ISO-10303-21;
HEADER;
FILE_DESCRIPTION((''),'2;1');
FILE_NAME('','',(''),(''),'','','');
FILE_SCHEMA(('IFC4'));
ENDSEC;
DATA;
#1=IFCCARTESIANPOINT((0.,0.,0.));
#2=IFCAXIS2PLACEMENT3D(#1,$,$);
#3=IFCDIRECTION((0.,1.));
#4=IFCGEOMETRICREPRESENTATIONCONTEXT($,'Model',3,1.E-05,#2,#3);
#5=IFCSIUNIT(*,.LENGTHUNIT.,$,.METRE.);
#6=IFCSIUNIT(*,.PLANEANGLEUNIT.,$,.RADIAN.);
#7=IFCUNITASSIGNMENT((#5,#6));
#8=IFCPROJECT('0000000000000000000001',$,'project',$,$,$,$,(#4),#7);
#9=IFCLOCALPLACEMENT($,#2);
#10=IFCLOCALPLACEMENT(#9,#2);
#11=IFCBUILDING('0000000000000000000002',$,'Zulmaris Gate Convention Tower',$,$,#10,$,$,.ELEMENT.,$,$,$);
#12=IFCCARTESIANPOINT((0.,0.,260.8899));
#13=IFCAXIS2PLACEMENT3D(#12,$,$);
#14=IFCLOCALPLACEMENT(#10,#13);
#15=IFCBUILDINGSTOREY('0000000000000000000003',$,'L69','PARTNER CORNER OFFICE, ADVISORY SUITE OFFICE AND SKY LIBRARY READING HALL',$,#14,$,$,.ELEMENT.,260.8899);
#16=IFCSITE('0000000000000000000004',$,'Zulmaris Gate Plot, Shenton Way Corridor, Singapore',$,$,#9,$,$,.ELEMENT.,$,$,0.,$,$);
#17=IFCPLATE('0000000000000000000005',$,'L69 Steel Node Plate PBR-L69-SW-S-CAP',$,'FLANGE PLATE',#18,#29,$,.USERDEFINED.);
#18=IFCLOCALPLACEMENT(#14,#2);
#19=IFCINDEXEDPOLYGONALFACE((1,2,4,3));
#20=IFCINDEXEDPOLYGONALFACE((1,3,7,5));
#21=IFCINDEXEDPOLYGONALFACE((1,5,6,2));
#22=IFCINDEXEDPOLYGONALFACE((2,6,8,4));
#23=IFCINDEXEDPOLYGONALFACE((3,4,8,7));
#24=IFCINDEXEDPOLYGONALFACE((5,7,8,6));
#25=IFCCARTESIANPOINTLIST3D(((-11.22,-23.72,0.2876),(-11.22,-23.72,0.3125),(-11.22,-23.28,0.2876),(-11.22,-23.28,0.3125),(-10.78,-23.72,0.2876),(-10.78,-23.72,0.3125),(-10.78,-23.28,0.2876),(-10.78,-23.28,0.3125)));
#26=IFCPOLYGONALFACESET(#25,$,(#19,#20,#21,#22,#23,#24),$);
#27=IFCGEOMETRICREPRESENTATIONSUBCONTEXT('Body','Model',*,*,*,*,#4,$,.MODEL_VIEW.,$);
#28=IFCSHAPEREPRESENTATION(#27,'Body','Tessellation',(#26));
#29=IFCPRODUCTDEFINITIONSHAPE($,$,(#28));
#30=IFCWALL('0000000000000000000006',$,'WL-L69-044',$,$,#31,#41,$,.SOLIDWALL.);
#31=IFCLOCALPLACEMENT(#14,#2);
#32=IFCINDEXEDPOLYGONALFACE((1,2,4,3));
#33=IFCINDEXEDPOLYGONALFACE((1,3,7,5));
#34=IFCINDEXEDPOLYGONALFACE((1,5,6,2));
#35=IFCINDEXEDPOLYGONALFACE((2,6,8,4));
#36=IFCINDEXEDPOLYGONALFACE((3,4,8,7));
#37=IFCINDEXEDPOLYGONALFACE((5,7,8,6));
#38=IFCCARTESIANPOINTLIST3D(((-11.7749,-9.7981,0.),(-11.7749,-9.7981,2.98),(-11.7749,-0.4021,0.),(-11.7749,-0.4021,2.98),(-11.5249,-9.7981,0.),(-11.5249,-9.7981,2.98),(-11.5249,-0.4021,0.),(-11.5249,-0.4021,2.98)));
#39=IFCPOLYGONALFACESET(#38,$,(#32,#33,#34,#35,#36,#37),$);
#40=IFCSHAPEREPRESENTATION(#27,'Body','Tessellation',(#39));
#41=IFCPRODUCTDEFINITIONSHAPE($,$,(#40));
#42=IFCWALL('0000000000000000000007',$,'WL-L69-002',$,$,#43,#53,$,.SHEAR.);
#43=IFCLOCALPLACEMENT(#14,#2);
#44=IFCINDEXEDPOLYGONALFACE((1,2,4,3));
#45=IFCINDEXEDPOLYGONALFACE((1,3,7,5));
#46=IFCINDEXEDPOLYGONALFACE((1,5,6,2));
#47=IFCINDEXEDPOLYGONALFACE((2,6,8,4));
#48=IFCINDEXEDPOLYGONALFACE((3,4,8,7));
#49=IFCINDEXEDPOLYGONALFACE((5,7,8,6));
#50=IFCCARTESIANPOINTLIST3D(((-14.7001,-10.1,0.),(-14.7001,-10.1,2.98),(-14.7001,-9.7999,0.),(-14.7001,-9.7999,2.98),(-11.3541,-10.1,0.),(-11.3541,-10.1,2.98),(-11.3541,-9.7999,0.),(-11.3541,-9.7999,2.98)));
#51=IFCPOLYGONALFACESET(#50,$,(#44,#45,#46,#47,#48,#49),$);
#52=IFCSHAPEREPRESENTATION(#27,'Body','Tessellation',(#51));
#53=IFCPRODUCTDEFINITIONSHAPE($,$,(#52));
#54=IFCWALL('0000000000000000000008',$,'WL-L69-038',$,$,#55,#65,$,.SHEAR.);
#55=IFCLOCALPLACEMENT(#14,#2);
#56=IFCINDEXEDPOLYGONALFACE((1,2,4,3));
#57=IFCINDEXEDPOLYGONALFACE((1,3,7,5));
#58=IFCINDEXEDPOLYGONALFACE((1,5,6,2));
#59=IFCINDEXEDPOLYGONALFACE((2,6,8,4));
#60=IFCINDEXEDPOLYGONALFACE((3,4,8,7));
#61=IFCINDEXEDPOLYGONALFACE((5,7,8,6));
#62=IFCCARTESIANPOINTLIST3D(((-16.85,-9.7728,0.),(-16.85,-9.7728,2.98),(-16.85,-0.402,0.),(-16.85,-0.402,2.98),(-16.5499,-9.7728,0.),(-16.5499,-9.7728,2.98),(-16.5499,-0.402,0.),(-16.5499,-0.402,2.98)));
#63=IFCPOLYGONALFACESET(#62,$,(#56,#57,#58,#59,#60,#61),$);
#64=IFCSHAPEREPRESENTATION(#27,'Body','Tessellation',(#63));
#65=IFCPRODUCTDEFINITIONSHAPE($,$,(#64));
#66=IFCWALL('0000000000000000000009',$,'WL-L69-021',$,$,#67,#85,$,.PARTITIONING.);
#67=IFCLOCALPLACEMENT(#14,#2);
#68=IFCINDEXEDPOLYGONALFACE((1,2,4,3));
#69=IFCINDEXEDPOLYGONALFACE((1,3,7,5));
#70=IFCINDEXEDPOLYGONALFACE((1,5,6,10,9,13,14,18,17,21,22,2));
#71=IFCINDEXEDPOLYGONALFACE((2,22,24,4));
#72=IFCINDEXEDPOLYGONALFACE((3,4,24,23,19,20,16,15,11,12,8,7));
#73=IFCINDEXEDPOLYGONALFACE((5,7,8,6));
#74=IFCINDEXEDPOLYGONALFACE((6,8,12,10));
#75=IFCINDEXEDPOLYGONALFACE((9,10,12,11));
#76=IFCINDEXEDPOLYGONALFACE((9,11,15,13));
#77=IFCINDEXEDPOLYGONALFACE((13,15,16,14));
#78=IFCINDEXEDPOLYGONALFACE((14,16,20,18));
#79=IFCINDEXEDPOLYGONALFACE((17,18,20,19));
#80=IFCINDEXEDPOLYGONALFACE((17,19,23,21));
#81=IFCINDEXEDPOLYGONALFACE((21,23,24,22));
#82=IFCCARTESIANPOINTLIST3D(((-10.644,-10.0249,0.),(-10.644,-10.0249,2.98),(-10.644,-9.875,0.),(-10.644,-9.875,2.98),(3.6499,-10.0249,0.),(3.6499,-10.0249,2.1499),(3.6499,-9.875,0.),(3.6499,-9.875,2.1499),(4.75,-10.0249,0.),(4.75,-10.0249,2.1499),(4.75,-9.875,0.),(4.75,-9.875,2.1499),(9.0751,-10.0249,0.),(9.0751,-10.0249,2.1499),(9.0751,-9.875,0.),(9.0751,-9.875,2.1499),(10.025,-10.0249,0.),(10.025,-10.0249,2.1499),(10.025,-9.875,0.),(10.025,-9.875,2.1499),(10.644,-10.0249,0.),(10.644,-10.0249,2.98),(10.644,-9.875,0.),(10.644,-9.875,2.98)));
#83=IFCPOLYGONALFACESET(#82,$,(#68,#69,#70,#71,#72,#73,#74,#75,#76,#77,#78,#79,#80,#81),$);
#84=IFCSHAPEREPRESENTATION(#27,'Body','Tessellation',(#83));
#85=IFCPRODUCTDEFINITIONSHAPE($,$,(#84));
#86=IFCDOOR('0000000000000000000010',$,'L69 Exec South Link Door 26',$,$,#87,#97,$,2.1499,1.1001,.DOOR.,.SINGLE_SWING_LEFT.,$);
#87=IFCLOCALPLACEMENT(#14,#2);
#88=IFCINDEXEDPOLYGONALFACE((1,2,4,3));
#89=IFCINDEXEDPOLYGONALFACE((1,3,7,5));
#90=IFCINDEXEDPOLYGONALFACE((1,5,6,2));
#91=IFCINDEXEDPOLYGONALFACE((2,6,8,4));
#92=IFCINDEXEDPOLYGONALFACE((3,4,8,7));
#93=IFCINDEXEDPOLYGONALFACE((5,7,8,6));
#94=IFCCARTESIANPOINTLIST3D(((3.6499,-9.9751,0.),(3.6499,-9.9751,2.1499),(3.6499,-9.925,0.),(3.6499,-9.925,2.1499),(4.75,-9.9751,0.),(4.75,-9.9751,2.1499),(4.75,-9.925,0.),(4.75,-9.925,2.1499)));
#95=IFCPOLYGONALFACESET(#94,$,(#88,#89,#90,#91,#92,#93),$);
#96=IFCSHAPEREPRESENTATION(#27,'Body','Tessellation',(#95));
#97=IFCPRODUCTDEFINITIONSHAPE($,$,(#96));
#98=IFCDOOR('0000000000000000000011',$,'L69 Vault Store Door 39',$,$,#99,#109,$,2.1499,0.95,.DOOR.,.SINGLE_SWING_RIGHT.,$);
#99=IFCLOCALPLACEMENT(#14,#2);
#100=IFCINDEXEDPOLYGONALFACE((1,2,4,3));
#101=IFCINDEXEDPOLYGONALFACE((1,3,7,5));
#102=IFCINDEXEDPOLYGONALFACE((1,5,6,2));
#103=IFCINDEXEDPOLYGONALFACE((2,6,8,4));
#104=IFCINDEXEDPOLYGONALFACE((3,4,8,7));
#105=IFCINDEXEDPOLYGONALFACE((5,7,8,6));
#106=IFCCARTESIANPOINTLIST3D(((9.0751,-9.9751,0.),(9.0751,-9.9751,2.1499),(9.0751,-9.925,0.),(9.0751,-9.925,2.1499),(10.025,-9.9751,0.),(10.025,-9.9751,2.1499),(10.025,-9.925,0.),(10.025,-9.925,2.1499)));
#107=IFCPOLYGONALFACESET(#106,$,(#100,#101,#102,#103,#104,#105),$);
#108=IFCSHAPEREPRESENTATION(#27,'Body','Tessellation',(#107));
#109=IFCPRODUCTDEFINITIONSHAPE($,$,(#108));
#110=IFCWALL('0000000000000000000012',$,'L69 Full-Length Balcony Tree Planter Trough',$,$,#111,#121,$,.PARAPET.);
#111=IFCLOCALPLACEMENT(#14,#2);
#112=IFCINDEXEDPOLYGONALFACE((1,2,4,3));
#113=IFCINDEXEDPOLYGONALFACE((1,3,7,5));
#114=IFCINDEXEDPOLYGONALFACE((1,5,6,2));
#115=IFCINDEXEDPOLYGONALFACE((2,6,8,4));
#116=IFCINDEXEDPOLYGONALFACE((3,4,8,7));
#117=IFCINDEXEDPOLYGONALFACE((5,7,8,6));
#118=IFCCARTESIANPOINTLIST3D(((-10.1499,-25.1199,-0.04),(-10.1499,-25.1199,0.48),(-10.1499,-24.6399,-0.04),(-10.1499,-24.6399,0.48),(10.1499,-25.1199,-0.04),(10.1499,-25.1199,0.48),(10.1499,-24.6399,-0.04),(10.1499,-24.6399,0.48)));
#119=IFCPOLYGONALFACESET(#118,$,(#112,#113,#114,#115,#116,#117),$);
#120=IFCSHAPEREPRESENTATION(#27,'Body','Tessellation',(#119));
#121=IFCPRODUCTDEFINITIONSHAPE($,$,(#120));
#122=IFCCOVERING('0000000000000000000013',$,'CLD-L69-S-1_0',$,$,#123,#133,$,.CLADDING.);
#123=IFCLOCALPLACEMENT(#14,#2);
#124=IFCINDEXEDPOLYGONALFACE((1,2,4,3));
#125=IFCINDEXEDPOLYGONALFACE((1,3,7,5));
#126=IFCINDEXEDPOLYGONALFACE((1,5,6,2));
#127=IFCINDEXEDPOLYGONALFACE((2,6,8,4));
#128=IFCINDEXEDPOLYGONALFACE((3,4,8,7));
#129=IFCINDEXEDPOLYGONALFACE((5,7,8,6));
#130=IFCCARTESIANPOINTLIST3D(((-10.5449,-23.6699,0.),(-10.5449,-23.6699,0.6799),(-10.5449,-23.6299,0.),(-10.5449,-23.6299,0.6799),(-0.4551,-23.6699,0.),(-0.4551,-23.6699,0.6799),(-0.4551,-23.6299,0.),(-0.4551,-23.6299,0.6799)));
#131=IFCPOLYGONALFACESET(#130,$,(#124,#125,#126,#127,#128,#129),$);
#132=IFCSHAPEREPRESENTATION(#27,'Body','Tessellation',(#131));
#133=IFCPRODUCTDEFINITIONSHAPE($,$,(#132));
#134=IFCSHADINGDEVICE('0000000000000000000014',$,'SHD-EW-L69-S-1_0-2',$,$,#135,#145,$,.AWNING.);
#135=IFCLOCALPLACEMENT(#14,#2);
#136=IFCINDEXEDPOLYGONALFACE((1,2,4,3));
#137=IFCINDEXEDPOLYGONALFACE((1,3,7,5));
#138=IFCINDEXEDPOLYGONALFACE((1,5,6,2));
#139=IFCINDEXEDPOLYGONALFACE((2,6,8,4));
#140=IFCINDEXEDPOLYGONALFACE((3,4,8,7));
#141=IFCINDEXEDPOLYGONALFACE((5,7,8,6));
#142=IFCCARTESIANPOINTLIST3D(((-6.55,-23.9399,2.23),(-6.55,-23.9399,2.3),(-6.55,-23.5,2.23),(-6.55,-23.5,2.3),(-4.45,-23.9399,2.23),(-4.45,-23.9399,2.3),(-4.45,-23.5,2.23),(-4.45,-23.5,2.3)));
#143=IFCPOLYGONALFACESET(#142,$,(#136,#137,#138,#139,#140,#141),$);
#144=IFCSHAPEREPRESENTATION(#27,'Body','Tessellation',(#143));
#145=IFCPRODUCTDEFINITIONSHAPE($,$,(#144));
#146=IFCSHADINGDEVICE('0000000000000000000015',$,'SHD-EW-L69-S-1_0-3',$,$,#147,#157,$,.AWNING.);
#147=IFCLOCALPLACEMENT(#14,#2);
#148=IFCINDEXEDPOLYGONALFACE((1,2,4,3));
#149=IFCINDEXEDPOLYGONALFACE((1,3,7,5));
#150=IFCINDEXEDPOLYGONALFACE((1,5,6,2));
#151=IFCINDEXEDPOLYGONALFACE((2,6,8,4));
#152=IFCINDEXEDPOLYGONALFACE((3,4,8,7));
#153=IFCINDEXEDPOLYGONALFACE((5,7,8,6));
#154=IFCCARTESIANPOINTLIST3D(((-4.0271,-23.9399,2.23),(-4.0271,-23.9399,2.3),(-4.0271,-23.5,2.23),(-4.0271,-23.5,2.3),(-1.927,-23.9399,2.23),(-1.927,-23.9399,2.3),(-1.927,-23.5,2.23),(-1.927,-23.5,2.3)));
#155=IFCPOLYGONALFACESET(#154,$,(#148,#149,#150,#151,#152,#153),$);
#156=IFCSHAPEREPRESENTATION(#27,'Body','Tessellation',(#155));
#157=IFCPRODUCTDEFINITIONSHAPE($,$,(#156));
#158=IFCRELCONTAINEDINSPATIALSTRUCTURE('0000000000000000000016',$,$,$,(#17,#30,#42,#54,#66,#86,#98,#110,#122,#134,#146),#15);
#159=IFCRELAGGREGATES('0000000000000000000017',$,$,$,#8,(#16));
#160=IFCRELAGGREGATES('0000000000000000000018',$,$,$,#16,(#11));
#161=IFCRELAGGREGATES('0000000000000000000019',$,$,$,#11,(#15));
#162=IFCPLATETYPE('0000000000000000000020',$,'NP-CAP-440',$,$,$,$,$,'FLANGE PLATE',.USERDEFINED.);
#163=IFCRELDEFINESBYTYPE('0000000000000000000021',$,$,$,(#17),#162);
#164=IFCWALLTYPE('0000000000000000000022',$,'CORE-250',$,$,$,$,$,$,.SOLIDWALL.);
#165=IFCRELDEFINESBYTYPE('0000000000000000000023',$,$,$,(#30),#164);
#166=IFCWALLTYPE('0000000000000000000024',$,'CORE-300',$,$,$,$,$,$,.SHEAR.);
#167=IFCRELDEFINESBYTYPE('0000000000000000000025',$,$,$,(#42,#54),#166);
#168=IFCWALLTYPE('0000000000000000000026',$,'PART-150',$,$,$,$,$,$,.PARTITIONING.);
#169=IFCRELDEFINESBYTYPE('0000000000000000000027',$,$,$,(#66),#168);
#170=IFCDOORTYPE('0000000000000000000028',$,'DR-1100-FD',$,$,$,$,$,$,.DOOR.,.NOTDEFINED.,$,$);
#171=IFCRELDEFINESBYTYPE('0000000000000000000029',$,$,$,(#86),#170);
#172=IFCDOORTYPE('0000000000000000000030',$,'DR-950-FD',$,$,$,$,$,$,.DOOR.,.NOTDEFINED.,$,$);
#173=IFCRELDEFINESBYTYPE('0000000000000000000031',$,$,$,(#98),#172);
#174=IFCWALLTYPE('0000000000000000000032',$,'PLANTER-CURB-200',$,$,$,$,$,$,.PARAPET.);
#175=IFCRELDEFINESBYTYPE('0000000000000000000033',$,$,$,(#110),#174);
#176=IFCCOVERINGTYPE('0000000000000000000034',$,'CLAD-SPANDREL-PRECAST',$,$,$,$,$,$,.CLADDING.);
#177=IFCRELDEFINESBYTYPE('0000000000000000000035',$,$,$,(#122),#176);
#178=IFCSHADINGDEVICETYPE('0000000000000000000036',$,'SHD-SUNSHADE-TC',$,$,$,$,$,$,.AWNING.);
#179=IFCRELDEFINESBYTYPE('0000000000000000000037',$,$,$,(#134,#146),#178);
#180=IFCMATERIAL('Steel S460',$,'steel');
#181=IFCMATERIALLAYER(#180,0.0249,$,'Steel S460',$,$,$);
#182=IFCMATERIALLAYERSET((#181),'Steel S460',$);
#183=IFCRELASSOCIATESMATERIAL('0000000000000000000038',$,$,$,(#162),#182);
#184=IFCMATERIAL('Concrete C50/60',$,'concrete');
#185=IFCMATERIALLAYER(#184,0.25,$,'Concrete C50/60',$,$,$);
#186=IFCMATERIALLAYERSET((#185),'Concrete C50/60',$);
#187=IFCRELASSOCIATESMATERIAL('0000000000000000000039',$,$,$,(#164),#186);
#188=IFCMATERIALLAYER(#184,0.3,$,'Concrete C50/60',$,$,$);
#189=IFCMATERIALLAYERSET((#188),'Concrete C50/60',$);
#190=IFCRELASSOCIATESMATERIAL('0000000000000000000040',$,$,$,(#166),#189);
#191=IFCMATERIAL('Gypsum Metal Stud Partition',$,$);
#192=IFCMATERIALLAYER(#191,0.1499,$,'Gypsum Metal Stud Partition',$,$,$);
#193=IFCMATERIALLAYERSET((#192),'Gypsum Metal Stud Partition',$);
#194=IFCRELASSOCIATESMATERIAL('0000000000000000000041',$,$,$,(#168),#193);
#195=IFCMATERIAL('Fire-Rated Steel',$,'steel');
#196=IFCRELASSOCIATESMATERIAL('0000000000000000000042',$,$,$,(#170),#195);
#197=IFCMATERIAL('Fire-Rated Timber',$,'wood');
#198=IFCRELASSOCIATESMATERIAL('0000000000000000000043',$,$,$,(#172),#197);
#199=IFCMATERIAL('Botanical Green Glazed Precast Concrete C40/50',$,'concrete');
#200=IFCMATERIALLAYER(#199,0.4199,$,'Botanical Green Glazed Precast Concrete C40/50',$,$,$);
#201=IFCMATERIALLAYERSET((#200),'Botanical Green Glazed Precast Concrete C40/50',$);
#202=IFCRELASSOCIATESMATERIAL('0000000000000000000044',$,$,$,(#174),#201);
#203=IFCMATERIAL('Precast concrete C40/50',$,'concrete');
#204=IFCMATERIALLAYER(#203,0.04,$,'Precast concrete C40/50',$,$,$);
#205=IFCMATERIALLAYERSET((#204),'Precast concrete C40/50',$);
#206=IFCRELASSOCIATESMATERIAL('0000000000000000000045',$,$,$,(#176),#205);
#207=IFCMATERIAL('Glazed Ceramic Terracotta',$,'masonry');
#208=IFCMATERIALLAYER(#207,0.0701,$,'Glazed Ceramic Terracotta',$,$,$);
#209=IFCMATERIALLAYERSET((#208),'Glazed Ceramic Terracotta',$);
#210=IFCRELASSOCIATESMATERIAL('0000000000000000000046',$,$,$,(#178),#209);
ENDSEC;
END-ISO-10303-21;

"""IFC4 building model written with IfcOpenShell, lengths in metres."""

from ifc_helpers import new_model, si_unit, direction, frame, frame_2d, origin, origin_2d, place, context, subcontext, project, spatial, rectangle, extrude, material, layer, layer_set, type_object, element, fill, save


model = new_model("IFC4")

# Units and contexts
model_context = context("Model", 3, precision=1e-05, world=origin(), true_north=direction((0.0, 1.0)))
body_context = subcontext(model_context, "Body", "Model", "MODEL_VIEW")
ifc_project = project(units=[si_unit("LENGTHUNIT", "METRE"), si_unit("PLANEANGLEUNIT", "RADIAN")], contexts=[model_context])

# Site, building, storey
site_placement = place(None, origin())
site = spatial("IfcSite", under=ifc_project, at=site_placement, Name="Zulmaris Gate Plot, Shenton Way Corridor, Singapore", CompositionType="ELEMENT", RefElevation=0.0)
building_placement = place(site_placement, origin())
building = spatial("IfcBuilding", under=site, at=building_placement, Name="Zulmaris Gate Convention Tower", CompositionType="ELEMENT")
storey_placement = place(building_placement, frame((0.0, 0.0, 260.8899)))
storey = spatial("IfcBuildingStorey", under=building, at=storey_placement, Name="L69", Description="PARTNER CORNER OFFICE, ADVISORY SUITE OFFICE AND SKY LIBRARY READING HALL", CompositionType="ELEMENT", Elevation=260.8899)

# Shared definitions
ifc_material_1 = material(Name="Concrete C50/60", Category="concrete")

# Plate
ifc_material_2 = material(Name="Steel S460", Category="steel")
ifc_layer_1 = layer(ifc_material_2, 0.0249, Name="Steel S460")
ifc_layer_set_1 = layer_set([ifc_layer_1], Name="Steel S460")
plate_type = type_object("IfcPlateType", Name="NP-CAP-440", ElementType="FLANGE PLATE", PredefinedType="USERDEFINED", material=ifc_layer_set_1)
plate_placement = place(storey_placement, frame((-11.0, -23.5, 0.2876), z_axis=(0.0, 0.0, 1.0), x_axis=(1.0, 0.0, 0.0)))
element("IfcPlate", 1, at=plate_placement, inside=storey, type_object=plate_type, Name="L69 Steel Node Plate PBR-L69-SW-S-CAP", ObjectType="FLANGE PLATE", PredefinedType="USERDEFINED", context=body_context, shape_type="SweptSolid", body=[
    extrude(rectangle(XDim=0.4399, YDim=0.4399, at=origin_2d()), origin(), (0.0, 0.0, 1.0), 0.0249),
])

# Walls
ifc_layer_2 = layer(ifc_material_1, 0.25, Name="Concrete C50/60")
ifc_layer_set_2 = layer_set([ifc_layer_2], Name="Concrete C50/60")
wall_type_1 = type_object("IfcWallType", Name="CORE-250", PredefinedType="SOLIDWALL", material=ifc_layer_set_2)
wall_1_placement = place(storey_placement, frame((-11.6499, -9.7981, 0.0), z_axis=(0.0, 0.0, 1.0), x_axis=(0.0, 1.0, 0.0)))
element("IfcWall", 2, at=wall_1_placement, inside=storey, type_object=wall_type_1, Name="WL-L69-044", PredefinedType="SOLIDWALL", context=body_context, shape_type="SweptSolid", body=[
    extrude(rectangle(XDim=9.396, YDim=0.25, at=frame_2d((4.698, 0.0))), origin(), (0.0, 0.0, 1.0), 2.98),
])
ifc_layer_3 = layer(ifc_material_1, 0.3, Name="Concrete C50/60")
ifc_layer_set_3 = layer_set([ifc_layer_3], Name="Concrete C50/60")
wall_type_2 = type_object("IfcWallType", Name="CORE-300", PredefinedType="SHEAR", material=ifc_layer_set_3)
wall_2_placement = place(storey_placement, frame((-14.7, -9.95, 0.0), z_axis=(0.0, 0.0, 1.0), x_axis=(1.0, 0.0, 0.0)))
element("IfcWall", 3, at=wall_2_placement, inside=storey, type_object=wall_type_2, Name="WL-L69-002", PredefinedType="SHEAR", context=body_context, shape_type="SweptSolid", body=[
    extrude(rectangle(XDim=3.3459, YDim=0.3, at=frame_2d((1.6729, 0.0))), origin(), (0.0, 0.0, 1.0), 2.98),
])
wall_3_placement = place(storey_placement, frame((-16.7, -9.7729, 0.0), z_axis=(0.0, 0.0, 1.0), x_axis=(0.0, 1.0, 0.0)))
element("IfcWall", 4, at=wall_3_placement, inside=storey, type_object=wall_type_2, Name="WL-L69-038", PredefinedType="SHEAR", context=body_context, shape_type="SweptSolid", body=[
    extrude(rectangle(XDim=9.3708, YDim=0.3, at=frame_2d((4.6855, 0.0))), origin(), (0.0, 0.0, 1.0), 2.98),
])

# Wall, openings, doors
ifc_material_3 = material(Name="Gypsum Metal Stud Partition")
ifc_layer_4 = layer(ifc_material_3, 0.1499, Name="Gypsum Metal Stud Partition")
ifc_layer_set_4 = layer_set([ifc_layer_4], Name="Gypsum Metal Stud Partition")
wall_type_3 = type_object("IfcWallType", Name="PART-150", PredefinedType="PARTITIONING", material=ifc_layer_set_4)
wall_4_placement = place(storey_placement, frame((-10.644, -9.95, 0.0), z_axis=(0.0, 0.0, 1.0), x_axis=(1.0, 0.0, 0.0)))
wall_4 = element("IfcWall", 5, at=wall_4_placement, inside=storey, type_object=wall_type_3, Name="WL-L69-021", PredefinedType="PARTITIONING", context=body_context, shape_type="SweptSolid", body=[
    extrude(rectangle(XDim=21.2881, YDim=0.1499, at=frame_2d((10.644, 0.0))), origin(), (0.0, 0.0, 1.0), 2.98),
])
opening_1_placement = place(wall_4_placement, frame((14.2939, 0.0, 0.0)))
opening_1 = element("IfcOpeningElement", 6, at=opening_1_placement, cuts=wall_4, PredefinedType="OPENING", context=body_context, shape_type="SweptSolid", body=[
    extrude(rectangle(XDim=1.1001, YDim=2.1499, at=frame_2d((0.55, 1.075))), frame((0.0, 0.085, 0.0), z_axis=(0.0, -1.0, 0.0), x_axis=(1.0, 0.0, 0.0)), (0.0, 0.0, 1.0), 0.1699),
])
opening_2_placement = place(wall_4_placement, frame((19.719, 0.0, 0.0)))
opening_2 = element("IfcOpeningElement", 7, at=opening_2_placement, cuts=wall_4, PredefinedType="OPENING", context=body_context, shape_type="SweptSolid", body=[
    extrude(rectangle(XDim=0.95, YDim=2.1499, at=frame_2d((0.4751, 1.075))), frame((0.0, 0.085, 0.0), z_axis=(0.0, -1.0, 0.0), x_axis=(1.0, 0.0, 0.0)), (0.0, 0.0, 1.0), 0.1699),
])
ifc_material_4 = material(Name="Fire-Rated Steel", Category="steel")
door_type_1 = type_object("IfcDoorType", Name="DR-1100-FD", OperationType="NOTDEFINED", PredefinedType="DOOR", material=ifc_material_4)
door_1_placement = place(opening_1_placement, origin())
door_1 = element("IfcDoor", 8, at=door_1_placement, inside=storey, type_object=door_type_1, Name="L69 Exec South Link Door 26", OperationType="SINGLE_SWING_LEFT", OverallHeight=2.1499, OverallWidth=1.1001, PredefinedType="DOOR", context=body_context, shape_type="SweptSolid", body=[
    extrude(rectangle(XDim=1.1001, YDim=2.1499, at=frame_2d((0.55, 1.075))), frame((0.0, 0.0249, 0.0), z_axis=(0.0, -1.0, 0.0), x_axis=(1.0, 0.0, 0.0)), (0.0, 0.0, 1.0), 0.05),
])
fill(opening_1, door_1)
ifc_material_5 = material(Name="Fire-Rated Timber", Category="wood")
door_type_2 = type_object("IfcDoorType", Name="DR-950-FD", OperationType="NOTDEFINED", PredefinedType="DOOR", material=ifc_material_5)
door_2_placement = place(opening_2_placement, origin())
door_2 = element("IfcDoor", 9, at=door_2_placement, inside=storey, type_object=door_type_2, Name="L69 Vault Store Door 39", OperationType="SINGLE_SWING_RIGHT", OverallHeight=2.1499, OverallWidth=0.95, PredefinedType="DOOR", context=body_context, shape_type="SweptSolid", body=[
    extrude(rectangle(XDim=0.95, YDim=2.1499, at=frame_2d((0.4751, 1.075))), frame((0.0, 0.0249, 0.0), z_axis=(0.0, -1.0, 0.0), x_axis=(1.0, 0.0, 0.0)), (0.0, 0.0, 1.0), 0.05),
])
fill(opening_2, door_2)

# Wall
ifc_material_6 = material(Name="Botanical Green Glazed Precast Concrete C40/50", Category="concrete")
ifc_layer_5 = layer(ifc_material_6, 0.4199, Name="Botanical Green Glazed Precast Concrete C40/50")
ifc_layer_set_5 = layer_set([ifc_layer_5], Name="Botanical Green Glazed Precast Concrete C40/50")
wall_type_4 = type_object("IfcWallType", Name="PLANTER-CURB-200", PredefinedType="PARAPET", material=ifc_layer_set_5)
wall_5_placement = place(storey_placement, frame((-10.1499, -24.8799, -0.04), z_axis=(0.0, 0.0, 1.0), x_axis=(1.0, 0.0, 0.0)))
element("IfcWall", 10, at=wall_5_placement, inside=storey, type_object=wall_type_4, Name="L69 Full-Length Balcony Tree Planter Trough", PredefinedType="PARAPET", context=body_context, shape_type="SweptSolid", body=[
    extrude(rectangle(XDim=20.2998, YDim=0.48, at=frame_2d((10.1499, 0.0))), origin(), (0.0, 0.0, 1.0), 0.52),
])

# Shared definitions
ifc_material_7 = material(Name="Precast concrete C40/50", Category="concrete")

# Covering
ifc_layer_6 = layer(ifc_material_7, 0.04, Name="Precast concrete C40/50")
ifc_layer_set_6 = layer_set([ifc_layer_6], Name="Precast concrete C40/50")
covering_type = type_object("IfcCoveringType", Name="CLAD-SPANDREL-PRECAST", PredefinedType="CLADDING", material=ifc_layer_set_6)
covering_placement = place(storey_placement, frame((-10.5449, -23.6499, 0.0), z_axis=(0.0, 0.0, 1.0), x_axis=(1.0, 0.0, 0.0)))
element("IfcCovering", 11, at=covering_placement, inside=storey, type_object=covering_type, Name="CLD-L69-S-1_0", PredefinedType="CLADDING", context=body_context, shape_type="SweptSolid", body=[
    extrude(rectangle(XDim=10.0898, YDim=0.04, at=frame_2d((5.0449, 0.0))), origin(), (0.0, 0.0, 1.0), 0.6799),
])

# Shading devices
ifc_material_8 = material(Name="Glazed Ceramic Terracotta", Category="masonry")
ifc_layer_7 = layer(ifc_material_8, 0.0701, Name="Glazed Ceramic Terracotta")
ifc_layer_set_7 = layer_set([ifc_layer_7], Name="Glazed Ceramic Terracotta")
shading_device_type = type_object("IfcShadingDeviceType", Name="SHD-SUNSHADE-TC", PredefinedType="AWNING", material=ifc_layer_set_7)
for number, where, z_axis, x_axis, name in (
    (12, (-6.55, -23.72, 2.23), (0.0, 0.0, 1.0), (1.0, 0.0, 0.0), "SHD-EW-L69-S-1_0-2"),
    (13, (-4.0271, -23.72, 2.23), (0.0, 0.0, 1.0), (1.0, 0.0, 0.0), "SHD-EW-L69-S-1_0-3"),
):
    element("IfcShadingDevice", number, at=place(storey_placement, frame(where, z_axis=z_axis, x_axis=x_axis)), inside=storey, type_object=shading_device_type, Name=name, PredefinedType="AWNING", context=body_context, shape_type="SweptSolid", body=[
        extrude(rectangle(XDim=2.1001, YDim=0.4399, at=frame_2d((1.05, 0.0))), origin(), (0.0, 0.0, 1.0), 0.0701),
    ])

save(model, "model.ifc")
